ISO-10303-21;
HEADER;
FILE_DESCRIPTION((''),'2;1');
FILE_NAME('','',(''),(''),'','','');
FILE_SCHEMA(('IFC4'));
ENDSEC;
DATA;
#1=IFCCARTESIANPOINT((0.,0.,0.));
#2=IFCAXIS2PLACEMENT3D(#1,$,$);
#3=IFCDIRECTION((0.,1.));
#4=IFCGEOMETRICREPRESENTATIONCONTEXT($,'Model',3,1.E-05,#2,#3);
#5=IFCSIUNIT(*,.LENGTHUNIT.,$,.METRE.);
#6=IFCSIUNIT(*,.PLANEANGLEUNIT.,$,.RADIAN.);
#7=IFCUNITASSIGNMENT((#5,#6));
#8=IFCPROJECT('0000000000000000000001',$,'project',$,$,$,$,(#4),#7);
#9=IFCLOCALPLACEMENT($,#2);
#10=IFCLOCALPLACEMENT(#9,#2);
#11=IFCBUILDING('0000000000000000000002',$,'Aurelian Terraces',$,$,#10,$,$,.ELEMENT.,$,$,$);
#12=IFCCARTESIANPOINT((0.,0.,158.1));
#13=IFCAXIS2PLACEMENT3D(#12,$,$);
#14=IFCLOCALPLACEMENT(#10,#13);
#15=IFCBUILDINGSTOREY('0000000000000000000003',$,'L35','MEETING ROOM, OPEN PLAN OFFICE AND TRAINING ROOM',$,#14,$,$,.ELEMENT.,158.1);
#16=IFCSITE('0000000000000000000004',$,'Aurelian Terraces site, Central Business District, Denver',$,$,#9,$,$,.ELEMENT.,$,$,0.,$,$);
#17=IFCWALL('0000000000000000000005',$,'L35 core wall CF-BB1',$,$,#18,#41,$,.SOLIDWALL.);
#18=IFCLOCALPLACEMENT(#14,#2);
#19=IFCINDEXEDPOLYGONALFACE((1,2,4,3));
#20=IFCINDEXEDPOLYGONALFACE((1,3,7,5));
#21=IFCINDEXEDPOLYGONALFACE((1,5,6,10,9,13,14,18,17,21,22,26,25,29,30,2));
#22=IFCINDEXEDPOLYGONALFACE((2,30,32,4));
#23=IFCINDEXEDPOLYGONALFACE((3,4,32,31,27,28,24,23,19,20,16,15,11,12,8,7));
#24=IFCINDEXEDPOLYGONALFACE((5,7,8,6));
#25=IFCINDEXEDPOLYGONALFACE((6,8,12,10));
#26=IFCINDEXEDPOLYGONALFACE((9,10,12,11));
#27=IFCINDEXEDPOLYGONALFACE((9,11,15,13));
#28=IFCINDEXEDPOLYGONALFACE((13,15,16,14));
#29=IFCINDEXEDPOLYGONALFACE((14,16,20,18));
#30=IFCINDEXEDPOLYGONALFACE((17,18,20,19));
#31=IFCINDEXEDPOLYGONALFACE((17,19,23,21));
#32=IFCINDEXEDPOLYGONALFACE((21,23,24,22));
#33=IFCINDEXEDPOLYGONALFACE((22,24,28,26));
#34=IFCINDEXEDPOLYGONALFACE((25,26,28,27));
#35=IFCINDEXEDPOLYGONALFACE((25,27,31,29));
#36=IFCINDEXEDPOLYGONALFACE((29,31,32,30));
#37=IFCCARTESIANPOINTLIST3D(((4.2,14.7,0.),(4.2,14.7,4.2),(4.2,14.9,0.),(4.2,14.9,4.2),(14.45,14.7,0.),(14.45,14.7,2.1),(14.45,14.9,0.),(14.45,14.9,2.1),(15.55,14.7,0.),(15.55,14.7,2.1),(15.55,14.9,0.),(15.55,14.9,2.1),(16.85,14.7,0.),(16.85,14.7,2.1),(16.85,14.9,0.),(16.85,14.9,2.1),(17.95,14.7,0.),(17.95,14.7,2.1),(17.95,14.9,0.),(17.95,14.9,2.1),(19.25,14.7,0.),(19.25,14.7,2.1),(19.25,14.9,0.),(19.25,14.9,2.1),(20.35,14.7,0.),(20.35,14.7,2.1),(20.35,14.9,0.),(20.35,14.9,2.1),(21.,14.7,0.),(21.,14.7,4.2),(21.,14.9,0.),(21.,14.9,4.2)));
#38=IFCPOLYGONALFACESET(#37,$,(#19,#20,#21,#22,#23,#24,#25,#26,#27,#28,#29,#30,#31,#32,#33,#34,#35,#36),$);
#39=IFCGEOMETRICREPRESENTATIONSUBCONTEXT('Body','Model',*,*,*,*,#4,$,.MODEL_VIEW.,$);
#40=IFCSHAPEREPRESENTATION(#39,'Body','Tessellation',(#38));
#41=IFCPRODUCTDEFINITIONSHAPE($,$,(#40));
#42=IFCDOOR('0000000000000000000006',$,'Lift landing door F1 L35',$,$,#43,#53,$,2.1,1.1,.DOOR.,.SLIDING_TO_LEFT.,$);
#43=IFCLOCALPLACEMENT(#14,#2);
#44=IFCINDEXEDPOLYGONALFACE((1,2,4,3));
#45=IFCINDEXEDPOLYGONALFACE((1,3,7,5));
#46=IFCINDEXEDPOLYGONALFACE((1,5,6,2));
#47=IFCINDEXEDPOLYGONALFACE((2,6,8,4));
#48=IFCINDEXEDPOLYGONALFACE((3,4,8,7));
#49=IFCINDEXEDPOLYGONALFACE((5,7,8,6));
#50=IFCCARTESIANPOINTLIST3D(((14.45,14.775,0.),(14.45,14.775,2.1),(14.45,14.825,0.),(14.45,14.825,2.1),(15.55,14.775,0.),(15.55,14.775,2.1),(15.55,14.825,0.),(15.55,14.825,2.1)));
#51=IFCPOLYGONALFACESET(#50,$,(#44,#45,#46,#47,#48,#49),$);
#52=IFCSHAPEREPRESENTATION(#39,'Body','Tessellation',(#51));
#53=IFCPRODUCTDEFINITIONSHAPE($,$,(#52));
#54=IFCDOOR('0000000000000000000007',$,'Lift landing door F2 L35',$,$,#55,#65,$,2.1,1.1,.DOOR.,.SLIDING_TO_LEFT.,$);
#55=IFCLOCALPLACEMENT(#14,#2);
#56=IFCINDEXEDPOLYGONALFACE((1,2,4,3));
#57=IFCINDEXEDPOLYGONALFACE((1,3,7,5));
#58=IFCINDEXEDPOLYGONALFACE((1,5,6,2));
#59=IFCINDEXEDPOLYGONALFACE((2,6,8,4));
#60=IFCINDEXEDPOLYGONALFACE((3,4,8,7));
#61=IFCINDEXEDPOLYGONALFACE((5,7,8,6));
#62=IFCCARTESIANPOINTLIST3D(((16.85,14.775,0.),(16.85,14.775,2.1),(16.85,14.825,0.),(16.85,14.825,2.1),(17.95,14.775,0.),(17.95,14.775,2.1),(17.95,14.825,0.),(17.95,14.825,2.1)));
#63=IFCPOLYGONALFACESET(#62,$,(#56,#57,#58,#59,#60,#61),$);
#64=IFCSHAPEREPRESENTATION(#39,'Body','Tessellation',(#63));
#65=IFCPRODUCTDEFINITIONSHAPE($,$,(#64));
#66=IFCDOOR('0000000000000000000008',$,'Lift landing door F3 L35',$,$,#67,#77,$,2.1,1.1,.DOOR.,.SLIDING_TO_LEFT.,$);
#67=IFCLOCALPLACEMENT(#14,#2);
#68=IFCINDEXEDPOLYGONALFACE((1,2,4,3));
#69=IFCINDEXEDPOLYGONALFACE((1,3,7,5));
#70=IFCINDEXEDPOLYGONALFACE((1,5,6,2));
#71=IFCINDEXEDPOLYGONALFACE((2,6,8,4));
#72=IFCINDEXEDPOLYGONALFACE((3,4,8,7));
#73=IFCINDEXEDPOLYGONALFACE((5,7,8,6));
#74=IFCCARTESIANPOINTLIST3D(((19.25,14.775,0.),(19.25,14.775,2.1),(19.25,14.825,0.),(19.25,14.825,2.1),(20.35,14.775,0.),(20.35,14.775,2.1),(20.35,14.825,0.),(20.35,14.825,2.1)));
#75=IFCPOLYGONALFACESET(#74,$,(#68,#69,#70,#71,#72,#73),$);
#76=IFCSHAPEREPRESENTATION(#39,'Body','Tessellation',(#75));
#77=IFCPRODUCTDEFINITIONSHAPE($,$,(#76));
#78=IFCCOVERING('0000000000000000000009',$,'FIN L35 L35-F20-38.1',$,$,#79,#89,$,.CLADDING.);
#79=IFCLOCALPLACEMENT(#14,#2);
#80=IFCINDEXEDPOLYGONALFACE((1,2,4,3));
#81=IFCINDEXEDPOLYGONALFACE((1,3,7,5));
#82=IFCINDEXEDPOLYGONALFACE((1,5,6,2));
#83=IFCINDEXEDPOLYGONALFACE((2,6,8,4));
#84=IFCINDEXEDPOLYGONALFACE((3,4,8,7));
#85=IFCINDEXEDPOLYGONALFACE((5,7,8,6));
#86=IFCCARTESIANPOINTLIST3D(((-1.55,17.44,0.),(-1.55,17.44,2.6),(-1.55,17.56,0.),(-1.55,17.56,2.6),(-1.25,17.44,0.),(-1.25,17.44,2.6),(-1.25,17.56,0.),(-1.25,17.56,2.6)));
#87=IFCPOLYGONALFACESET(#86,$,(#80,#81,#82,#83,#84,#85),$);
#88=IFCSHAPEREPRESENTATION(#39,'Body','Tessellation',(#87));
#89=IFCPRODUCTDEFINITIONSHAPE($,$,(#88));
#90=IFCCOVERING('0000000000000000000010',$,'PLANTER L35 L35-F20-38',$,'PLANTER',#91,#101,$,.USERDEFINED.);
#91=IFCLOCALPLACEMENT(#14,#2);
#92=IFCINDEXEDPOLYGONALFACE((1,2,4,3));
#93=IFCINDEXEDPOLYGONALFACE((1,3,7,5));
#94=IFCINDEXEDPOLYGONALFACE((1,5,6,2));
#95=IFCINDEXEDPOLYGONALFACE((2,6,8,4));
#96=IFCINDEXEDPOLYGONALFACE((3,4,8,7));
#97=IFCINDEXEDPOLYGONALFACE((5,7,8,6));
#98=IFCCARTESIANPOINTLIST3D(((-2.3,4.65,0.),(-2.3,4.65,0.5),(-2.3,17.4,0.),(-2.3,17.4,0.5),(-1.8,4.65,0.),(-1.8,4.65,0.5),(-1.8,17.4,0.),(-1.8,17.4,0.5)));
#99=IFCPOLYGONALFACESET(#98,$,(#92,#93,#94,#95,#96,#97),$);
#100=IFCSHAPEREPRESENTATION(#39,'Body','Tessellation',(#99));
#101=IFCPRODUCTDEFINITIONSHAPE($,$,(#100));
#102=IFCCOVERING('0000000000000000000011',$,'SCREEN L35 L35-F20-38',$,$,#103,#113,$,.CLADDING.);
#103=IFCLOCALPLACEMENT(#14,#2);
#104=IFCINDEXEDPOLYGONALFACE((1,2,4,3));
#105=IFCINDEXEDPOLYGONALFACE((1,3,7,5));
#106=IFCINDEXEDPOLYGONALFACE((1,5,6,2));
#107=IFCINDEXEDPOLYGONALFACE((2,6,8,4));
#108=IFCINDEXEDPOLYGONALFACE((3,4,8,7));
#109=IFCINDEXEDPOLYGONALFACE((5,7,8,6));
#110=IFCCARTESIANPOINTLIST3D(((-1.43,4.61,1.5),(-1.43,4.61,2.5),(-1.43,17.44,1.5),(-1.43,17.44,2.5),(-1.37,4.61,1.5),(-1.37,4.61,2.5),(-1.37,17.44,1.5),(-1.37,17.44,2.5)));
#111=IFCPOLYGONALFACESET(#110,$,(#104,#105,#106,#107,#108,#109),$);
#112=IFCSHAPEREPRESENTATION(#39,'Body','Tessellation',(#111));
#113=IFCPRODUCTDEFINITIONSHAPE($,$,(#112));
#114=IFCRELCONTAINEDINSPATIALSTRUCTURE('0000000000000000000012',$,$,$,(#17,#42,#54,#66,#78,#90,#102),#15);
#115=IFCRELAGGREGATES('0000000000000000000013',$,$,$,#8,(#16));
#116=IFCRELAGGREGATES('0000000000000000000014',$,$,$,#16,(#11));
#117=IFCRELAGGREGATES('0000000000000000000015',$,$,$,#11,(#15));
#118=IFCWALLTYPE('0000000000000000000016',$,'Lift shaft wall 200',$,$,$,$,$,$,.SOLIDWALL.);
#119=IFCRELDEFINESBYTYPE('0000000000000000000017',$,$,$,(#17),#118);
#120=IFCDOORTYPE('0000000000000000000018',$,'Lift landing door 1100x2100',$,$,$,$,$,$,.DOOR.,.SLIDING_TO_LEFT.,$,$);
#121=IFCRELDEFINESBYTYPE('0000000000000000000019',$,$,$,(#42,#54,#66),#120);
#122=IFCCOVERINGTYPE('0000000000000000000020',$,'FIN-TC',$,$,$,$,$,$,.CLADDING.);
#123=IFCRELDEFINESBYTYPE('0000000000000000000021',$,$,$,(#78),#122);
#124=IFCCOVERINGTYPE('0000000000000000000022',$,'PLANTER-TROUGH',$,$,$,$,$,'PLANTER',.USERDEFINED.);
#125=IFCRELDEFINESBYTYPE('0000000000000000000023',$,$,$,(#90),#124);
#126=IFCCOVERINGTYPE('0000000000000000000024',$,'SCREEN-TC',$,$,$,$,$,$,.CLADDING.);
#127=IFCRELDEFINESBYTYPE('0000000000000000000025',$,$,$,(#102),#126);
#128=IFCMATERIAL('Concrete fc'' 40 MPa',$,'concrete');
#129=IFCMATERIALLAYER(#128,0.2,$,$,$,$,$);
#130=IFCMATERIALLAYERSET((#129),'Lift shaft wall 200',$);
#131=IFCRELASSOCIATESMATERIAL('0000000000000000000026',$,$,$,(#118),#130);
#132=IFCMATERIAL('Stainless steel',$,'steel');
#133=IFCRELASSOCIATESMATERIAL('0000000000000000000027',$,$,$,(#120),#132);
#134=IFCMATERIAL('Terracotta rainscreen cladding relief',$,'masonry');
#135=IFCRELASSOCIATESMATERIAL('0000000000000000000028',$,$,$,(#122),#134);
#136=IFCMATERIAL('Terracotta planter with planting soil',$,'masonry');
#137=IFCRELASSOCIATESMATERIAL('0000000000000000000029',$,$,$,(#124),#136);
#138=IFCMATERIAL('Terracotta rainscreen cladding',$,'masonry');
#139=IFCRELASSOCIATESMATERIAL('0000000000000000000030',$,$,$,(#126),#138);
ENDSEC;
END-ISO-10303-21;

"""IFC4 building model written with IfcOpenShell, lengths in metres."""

from ifc_helpers import new_model, si_unit, direction, frame, frame_2d, origin, origin_2d, place, context, subcontext, project, spatial, rectangle, extrude, source, transform, mapped, material, layer, layer_set, type_object, element, fill, save


model = new_model("IFC4")

# Units and contexts
model_context = context("Model", 3, precision=1e-05, world=origin(), true_north=direction((0.0, 1.0)))
body_context = subcontext(model_context, "Body", "Model", "MODEL_VIEW")
ifc_project = project(units=[si_unit("LENGTHUNIT", "METRE"), si_unit("PLANEANGLEUNIT", "RADIAN")], contexts=[model_context])

# Site, building, storey
site_placement = place(None, origin())
site = spatial("IfcSite", under=ifc_project, at=site_placement, Name="Aurelian Terraces site, Central Business District, Denver", CompositionType="ELEMENT", RefElevation=0.0)
building_placement = place(site_placement, origin())
building = spatial("IfcBuilding", under=site, at=building_placement, Name="Aurelian Terraces", CompositionType="ELEMENT")
storey_placement = place(building_placement, frame((0.0, 0.0, 158.1)))
storey = spatial("IfcBuildingStorey", under=building, at=storey_placement, Name="L35", Description="MEETING ROOM, OPEN PLAN OFFICE AND TRAINING ROOM", CompositionType="ELEMENT", Elevation=158.1)

# Shared definitions
ifc_material_1 = material(Name="Terracotta rainscreen cladding", Category="masonry")

# Wall, openings, doors
ifc_material_2 = material(Name="Concrete fc' 40 MPa", Category="concrete")
ifc_layer_1 = layer(ifc_material_2, 0.2)
ifc_layer_set_1 = layer_set([ifc_layer_1], Name="Lift shaft wall 200")
wall_type_1 = type_object("IfcWallType", Name="Lift shaft wall 200", PredefinedType="SOLIDWALL", material=ifc_layer_set_1)
shared_shape_1 = source(origin(), body_context, "Body", "SweptSolid", [
    extrude(rectangle(XDim=16.8, YDim=0.2, at=frame_2d((8.4, 0.0))), origin(), (0.0, 0.0, 1.0), 4.2),
])
shared_shape_2 = source(origin(), body_context, "Body", "SweptSolid", [
    extrude(rectangle(XDim=1.1, YDim=2.1, at=frame_2d((0.55, 1.05))), frame((0.0, 0.11, 0.0), z_axis=(0.0, -1.0, 0.0), x_axis=(1.0, 0.0, 0.0)), (0.0, 0.0, 1.0), 0.22),
])
ifc_material_3 = material(Name="Stainless steel", Category="steel")
door_type_1 = type_object("IfcDoorType", Name="Lift landing door 1100x2100", OperationType="SLIDING_TO_LEFT", PredefinedType="DOOR", material=ifc_material_3)
shared_shape_3 = source(origin(), body_context, "Body", "SweptSolid", [
    extrude(rectangle(XDim=1.1, YDim=2.1, at=frame_2d((0.55, 1.05))), frame((0.0, 0.025, 0.0), z_axis=(0.0, -1.0, 0.0), x_axis=(1.0, 0.0, 0.0)), (0.0, 0.0, 1.0), 0.05),
])
wall_1_placement = place(storey_placement, frame((4.2, 14.8, 0.0), z_axis=(0.0, 0.0, 1.0), x_axis=(1.0, 0.0, 0.0)))
wall_1 = element("IfcWall", 1, at=wall_1_placement, inside=storey, type_object=wall_type_1, Name="L35 core wall CF-BB1", PredefinedType="SOLIDWALL", context=body_context, shape_type="MappedRepresentation", body=[
    mapped(shared_shape_1, transform((0.0, 0.0, 0.0), scale=1.0)),
])
opening_1_placement = place(wall_1_placement, frame((10.25, 0.0, 0.0)))
opening_1 = element("IfcOpeningElement", 2, at=opening_1_placement, cuts=wall_1, PredefinedType="OPENING", context=body_context, shape_type="MappedRepresentation", body=[
    mapped(shared_shape_2, transform((0.0, 0.0, 0.0), scale=1.0)),
])
opening_2_placement = place(wall_1_placement, frame((12.65, 0.0, 0.0)))
opening_2 = element("IfcOpeningElement", 3, at=opening_2_placement, cuts=wall_1, PredefinedType="OPENING", context=body_context, shape_type="MappedRepresentation", body=[
    mapped(shared_shape_2, transform((0.0, 0.0, 0.0), scale=1.0)),
])
opening_3_placement = place(wall_1_placement, frame((15.05, 0.0, 0.0)))
opening_3 = element("IfcOpeningElement", 4, at=opening_3_placement, cuts=wall_1, PredefinedType="OPENING", context=body_context, shape_type="MappedRepresentation", body=[
    mapped(shared_shape_2, transform((0.0, 0.0, 0.0), scale=1.0)),
])
door_1_placement = place(opening_1_placement, origin())
door_1 = element("IfcDoor", 5, at=door_1_placement, inside=storey, type_object=door_type_1, Name="Lift landing door F1 L35", OperationType="SLIDING_TO_LEFT", OverallHeight=2.1, OverallWidth=1.1, PredefinedType="DOOR", context=body_context, shape_type="MappedRepresentation", body=[
    mapped(shared_shape_3, transform((0.0, 0.0, 0.0), scale=1.0)),
])
fill(opening_1, door_1)
door_2_placement = place(opening_2_placement, origin())
door_2 = element("IfcDoor", 6, at=door_2_placement, inside=storey, type_object=door_type_1, Name="Lift landing door F2 L35", OperationType="SLIDING_TO_LEFT", OverallHeight=2.1, OverallWidth=1.1, PredefinedType="DOOR", context=body_context, shape_type="MappedRepresentation", body=[
    mapped(shared_shape_3, transform((0.0, 0.0, 0.0), scale=1.0)),
])
fill(opening_2, door_2)
door_3_placement = place(opening_3_placement, origin())
door_3 = element("IfcDoor", 7, at=door_3_placement, inside=storey, type_object=door_type_1, Name="Lift landing door F3 L35", OperationType="SLIDING_TO_LEFT", OverallHeight=2.1, OverallWidth=1.1, PredefinedType="DOOR", context=body_context, shape_type="MappedRepresentation", body=[
    mapped(shared_shape_3, transform((0.0, 0.0, 0.0), scale=1.0)),
])
fill(opening_3, door_3)

# Covering
ifc_material_4 = material(Name="Terracotta rainscreen cladding relief", Category="masonry")
covering_type_1 = type_object("IfcCoveringType", Name="FIN-TC", PredefinedType="CLADDING", material=ifc_material_4)
shared_shape_4 = source(origin(), body_context, "Body", "SweptSolid", [
    extrude(rectangle(XDim=0.3, YDim=0.12, at=origin_2d()), origin(), (0.0, 0.0, 1.0), 2.6),
])
covering_1_placement = place(storey_placement, frame((-1.4, 17.5, 0.0), z_axis=(0.0, 0.0, 1.0), x_axis=(1.0, 0.0, 0.0)))
element("IfcCovering", 8, at=covering_1_placement, inside=storey, type_object=covering_type_1, Name="FIN L35 L35-F20-38.1", PredefinedType="CLADDING", context=body_context, shape_type="MappedRepresentation", body=[
    mapped(shared_shape_4, transform((0.0, 0.0, 0.0), scale=1.0)),
])

# Coverings
ifc_material_5 = material(Name="Terracotta planter with planting soil", Category="masonry")
covering_type_2 = type_object("IfcCoveringType", Name="PLANTER-TROUGH", ElementType="PLANTER", PredefinedType="USERDEFINED", material=ifc_material_5)
shared_shape_5 = source(origin(), body_context, "Body", "SweptSolid", [
    extrude(rectangle(XDim=0.5, YDim=12.75, at=origin_2d()), origin(), (0.0, 0.0, 1.0), 0.5),
])
covering_2_placement = place(storey_placement, frame((-2.05, 11.025, 0.0), z_axis=(0.0, 0.0, 1.0), x_axis=(1.0, 0.0, 0.0)))
element("IfcCovering", 9, at=covering_2_placement, inside=storey, type_object=covering_type_2, Name="PLANTER L35 L35-F20-38", ObjectType="PLANTER", PredefinedType="USERDEFINED", context=body_context, shape_type="MappedRepresentation", body=[
    mapped(shared_shape_5, transform((0.0, 0.0, 0.0), scale=1.0)),
])
covering_type_3 = type_object("IfcCoveringType", Name="SCREEN-TC", PredefinedType="CLADDING", material=ifc_material_1)
shared_shape_6 = source(origin(), body_context, "Body", "SweptSolid", [
    extrude(rectangle(XDim=0.06, YDim=12.83, at=origin_2d()), origin(), (0.0, 0.0, 1.0), 1.0),
])
covering_3_placement = place(storey_placement, frame((-1.4, 11.025, 1.5), z_axis=(0.0, 0.0, 1.0), x_axis=(1.0, 0.0, 0.0)))
element("IfcCovering", 10, at=covering_3_placement, inside=storey, type_object=covering_type_3, Name="SCREEN L35 L35-F20-38", PredefinedType="CLADDING", context=body_context, shape_type="MappedRepresentation", body=[
    mapped(shared_shape_6, transform((0.0, 0.0, 0.0), scale=1.0)),
])

save(model, "model.ifc")
